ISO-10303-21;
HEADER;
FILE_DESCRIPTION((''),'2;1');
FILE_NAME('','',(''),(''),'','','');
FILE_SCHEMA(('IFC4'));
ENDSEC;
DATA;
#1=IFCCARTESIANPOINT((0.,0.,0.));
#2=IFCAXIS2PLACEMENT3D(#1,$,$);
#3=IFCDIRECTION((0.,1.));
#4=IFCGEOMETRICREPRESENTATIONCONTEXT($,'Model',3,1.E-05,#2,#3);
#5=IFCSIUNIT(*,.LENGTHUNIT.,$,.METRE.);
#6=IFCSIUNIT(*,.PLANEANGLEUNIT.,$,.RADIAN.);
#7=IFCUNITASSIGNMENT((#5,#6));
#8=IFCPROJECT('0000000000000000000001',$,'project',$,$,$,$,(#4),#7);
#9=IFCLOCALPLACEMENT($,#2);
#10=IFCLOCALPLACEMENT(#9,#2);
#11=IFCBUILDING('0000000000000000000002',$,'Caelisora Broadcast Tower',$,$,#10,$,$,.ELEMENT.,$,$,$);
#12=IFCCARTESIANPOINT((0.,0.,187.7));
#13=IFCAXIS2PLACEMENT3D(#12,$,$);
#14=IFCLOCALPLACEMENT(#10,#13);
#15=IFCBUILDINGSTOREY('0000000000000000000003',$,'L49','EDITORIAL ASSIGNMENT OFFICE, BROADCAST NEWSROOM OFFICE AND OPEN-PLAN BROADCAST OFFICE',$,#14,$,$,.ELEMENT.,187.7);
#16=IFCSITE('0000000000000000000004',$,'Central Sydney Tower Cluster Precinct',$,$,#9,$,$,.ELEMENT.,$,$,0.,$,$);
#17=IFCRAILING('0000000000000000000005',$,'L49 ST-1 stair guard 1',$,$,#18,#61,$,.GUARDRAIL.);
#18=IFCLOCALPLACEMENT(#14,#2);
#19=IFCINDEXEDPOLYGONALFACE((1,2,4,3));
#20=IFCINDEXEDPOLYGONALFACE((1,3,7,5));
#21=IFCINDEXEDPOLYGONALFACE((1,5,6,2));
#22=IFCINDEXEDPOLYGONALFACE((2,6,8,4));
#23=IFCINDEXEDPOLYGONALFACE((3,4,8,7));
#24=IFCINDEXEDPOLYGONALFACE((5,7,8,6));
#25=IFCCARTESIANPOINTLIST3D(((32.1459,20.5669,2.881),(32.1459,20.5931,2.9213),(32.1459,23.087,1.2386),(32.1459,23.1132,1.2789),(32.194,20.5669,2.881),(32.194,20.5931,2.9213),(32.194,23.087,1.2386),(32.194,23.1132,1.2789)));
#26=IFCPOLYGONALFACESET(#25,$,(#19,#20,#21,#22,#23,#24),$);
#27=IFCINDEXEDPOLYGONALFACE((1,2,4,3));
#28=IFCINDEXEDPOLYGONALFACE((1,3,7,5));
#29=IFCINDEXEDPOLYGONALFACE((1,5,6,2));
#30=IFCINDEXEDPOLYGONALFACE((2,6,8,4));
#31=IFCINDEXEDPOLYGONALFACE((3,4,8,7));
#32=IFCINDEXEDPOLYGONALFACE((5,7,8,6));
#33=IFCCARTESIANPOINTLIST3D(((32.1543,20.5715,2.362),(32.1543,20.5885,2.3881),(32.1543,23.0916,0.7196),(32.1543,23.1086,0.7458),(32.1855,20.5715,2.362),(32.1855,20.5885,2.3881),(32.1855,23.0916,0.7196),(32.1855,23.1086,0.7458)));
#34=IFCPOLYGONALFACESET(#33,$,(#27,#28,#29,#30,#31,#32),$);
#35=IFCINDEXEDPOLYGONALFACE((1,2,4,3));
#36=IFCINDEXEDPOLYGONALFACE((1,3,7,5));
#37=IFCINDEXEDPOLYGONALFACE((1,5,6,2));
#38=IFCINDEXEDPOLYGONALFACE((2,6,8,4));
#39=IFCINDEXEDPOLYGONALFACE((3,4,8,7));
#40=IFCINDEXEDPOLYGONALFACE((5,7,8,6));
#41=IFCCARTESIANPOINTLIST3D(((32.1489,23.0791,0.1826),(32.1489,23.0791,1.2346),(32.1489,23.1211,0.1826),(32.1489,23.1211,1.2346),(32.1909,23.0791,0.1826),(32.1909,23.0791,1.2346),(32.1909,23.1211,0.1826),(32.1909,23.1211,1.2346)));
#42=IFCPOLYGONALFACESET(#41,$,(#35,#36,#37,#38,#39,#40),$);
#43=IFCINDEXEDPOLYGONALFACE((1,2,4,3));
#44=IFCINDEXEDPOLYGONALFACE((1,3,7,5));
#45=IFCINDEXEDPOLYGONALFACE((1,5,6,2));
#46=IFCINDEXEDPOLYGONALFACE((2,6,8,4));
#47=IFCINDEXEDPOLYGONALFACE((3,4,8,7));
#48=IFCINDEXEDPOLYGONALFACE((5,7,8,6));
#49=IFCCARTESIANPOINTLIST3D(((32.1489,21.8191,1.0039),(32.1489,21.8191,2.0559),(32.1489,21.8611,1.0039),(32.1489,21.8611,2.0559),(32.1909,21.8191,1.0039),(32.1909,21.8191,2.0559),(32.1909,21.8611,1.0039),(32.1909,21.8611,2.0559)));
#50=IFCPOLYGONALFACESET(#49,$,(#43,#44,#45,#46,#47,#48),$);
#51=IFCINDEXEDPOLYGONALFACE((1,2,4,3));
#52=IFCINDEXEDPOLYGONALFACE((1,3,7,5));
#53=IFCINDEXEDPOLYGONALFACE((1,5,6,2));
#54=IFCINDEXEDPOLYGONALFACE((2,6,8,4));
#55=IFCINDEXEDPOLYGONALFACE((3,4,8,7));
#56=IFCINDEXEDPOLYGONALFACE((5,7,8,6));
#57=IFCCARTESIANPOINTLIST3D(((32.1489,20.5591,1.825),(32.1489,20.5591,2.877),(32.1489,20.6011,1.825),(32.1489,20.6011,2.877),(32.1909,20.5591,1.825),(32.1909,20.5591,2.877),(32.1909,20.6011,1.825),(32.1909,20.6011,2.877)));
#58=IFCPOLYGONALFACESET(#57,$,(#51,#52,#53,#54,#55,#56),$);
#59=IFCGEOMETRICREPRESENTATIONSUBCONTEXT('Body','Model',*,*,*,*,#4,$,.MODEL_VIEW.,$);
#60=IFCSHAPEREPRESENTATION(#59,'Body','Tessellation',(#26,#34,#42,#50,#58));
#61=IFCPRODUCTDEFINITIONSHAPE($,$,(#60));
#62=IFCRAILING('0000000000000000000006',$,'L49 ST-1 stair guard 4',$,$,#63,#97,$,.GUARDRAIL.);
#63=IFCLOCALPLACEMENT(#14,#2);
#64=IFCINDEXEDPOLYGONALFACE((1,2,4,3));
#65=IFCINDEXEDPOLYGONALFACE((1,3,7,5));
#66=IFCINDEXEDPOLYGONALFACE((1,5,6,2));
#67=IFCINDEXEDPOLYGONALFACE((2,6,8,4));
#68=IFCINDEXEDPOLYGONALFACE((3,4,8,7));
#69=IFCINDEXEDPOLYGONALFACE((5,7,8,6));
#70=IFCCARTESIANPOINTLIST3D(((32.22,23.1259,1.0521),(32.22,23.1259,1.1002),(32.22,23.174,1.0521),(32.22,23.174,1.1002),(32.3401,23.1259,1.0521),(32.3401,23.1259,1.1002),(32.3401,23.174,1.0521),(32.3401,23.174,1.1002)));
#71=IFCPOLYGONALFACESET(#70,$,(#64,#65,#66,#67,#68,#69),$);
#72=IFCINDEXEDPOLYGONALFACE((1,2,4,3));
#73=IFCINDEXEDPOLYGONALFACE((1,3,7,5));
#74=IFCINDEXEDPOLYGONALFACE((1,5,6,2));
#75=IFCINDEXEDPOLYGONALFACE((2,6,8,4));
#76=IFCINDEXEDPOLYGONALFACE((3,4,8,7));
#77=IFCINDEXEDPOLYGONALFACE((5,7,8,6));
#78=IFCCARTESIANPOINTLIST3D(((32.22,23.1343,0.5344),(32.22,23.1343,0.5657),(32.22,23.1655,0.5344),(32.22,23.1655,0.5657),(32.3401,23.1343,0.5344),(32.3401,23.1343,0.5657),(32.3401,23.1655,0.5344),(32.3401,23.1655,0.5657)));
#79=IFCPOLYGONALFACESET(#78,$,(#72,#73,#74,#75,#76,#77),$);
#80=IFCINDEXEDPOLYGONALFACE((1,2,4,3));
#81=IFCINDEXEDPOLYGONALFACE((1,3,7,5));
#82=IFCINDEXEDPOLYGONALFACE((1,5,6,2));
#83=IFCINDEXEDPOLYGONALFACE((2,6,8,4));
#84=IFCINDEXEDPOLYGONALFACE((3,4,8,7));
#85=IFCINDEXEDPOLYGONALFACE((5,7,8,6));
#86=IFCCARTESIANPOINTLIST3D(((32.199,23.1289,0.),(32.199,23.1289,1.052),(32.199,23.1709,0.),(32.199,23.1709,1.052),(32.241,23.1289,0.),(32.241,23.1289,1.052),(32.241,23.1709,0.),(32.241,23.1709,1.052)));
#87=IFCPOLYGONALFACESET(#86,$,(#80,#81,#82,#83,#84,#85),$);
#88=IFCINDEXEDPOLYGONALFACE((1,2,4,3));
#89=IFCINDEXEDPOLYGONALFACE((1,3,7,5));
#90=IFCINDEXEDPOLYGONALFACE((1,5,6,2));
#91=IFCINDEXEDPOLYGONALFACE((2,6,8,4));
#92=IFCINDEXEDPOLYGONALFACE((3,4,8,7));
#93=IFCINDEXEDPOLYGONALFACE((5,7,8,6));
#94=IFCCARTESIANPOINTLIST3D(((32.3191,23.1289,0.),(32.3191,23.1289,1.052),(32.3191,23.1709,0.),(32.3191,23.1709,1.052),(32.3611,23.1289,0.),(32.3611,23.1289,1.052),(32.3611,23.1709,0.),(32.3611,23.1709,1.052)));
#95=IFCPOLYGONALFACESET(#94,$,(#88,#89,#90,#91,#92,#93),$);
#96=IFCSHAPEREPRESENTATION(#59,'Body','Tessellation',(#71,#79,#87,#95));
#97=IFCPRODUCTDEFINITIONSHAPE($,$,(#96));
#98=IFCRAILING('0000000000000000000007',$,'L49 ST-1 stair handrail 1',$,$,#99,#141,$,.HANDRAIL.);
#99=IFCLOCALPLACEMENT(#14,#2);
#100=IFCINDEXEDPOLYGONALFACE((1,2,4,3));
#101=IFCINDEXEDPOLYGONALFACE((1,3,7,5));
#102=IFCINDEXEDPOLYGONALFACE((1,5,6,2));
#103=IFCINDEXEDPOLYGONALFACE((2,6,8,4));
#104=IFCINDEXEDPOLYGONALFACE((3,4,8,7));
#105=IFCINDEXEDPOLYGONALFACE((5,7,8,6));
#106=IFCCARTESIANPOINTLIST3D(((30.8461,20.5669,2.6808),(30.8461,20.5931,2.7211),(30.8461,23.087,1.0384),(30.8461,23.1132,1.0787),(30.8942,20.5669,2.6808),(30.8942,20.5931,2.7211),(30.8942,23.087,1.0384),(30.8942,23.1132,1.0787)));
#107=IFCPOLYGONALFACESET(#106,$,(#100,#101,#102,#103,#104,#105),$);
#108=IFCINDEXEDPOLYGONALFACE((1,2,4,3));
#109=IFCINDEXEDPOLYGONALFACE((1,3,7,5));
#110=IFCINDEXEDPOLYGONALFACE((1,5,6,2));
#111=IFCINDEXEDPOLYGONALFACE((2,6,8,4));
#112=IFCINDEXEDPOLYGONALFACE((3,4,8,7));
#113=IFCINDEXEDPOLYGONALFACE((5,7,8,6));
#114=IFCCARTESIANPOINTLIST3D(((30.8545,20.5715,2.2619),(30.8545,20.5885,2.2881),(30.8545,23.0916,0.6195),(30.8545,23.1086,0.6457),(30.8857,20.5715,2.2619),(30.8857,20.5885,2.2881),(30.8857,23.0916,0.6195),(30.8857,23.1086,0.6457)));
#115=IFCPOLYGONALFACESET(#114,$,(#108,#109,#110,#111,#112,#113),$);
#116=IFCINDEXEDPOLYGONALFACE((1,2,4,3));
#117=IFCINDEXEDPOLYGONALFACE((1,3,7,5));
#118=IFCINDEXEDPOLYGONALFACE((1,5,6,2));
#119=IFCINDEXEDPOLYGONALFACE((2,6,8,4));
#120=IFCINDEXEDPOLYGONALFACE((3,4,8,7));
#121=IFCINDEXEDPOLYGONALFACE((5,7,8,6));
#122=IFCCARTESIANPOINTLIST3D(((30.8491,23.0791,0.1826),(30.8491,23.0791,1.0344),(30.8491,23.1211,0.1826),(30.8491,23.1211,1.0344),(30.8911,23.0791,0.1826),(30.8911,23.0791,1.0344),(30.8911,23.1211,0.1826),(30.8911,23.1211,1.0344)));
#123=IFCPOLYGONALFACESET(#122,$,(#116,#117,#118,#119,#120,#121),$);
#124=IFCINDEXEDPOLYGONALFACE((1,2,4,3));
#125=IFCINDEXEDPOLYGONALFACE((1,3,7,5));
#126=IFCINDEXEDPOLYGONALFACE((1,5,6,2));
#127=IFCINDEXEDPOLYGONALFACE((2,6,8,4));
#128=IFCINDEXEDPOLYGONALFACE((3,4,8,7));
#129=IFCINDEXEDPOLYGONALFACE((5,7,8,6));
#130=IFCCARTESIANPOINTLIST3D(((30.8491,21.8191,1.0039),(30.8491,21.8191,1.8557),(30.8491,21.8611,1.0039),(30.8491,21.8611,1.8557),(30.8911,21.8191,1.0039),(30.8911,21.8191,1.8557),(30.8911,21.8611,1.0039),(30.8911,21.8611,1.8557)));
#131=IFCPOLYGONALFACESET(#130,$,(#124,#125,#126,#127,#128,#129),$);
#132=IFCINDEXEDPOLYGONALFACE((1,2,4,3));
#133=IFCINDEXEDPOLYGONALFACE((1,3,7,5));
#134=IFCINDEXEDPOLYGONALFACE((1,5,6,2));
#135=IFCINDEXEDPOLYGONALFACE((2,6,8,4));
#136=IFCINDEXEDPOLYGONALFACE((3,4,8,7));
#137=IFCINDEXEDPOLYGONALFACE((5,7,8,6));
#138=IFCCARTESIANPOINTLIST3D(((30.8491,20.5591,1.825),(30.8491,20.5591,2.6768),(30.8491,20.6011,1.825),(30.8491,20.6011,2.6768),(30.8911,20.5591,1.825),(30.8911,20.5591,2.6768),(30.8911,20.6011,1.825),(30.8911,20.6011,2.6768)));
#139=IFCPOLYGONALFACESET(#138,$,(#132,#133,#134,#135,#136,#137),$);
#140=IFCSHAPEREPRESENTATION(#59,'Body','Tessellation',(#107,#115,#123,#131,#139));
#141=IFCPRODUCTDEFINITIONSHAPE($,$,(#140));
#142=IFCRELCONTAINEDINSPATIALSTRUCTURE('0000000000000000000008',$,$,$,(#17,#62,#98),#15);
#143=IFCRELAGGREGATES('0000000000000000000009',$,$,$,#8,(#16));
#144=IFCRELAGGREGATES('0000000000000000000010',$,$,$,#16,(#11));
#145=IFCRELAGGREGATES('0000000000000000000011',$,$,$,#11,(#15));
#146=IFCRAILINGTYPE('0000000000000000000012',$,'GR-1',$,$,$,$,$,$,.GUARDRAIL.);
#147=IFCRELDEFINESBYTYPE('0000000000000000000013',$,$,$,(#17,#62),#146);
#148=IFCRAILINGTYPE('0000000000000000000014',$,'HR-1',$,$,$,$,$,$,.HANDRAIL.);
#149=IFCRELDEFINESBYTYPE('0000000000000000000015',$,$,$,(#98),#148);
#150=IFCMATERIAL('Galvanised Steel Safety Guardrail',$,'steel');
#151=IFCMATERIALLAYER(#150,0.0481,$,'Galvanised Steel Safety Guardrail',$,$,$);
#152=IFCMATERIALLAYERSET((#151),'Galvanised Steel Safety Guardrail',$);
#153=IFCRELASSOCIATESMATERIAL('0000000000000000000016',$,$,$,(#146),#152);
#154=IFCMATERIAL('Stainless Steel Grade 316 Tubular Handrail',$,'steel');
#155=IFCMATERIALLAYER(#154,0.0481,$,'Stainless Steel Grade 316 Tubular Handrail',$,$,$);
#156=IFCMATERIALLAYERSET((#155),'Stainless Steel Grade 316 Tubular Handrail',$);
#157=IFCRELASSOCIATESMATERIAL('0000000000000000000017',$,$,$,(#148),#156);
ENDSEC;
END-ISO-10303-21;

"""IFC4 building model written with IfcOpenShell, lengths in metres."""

from ifc_helpers import new_model, si_unit, direction, frame, origin, origin_2d, place, context, subcontext, project, spatial, rectangle, extrude, material, layer, layer_set, type_object, element, save


model = new_model("IFC4")

# Units and contexts
model_context = context("Model", 3, precision=1e-05, world=origin(), true_north=direction((0.0, 1.0)))
body_context = subcontext(model_context, "Body", "Model", "MODEL_VIEW")
ifc_project = project(units=[si_unit("LENGTHUNIT", "METRE"), si_unit("PLANEANGLEUNIT", "RADIAN")], contexts=[model_context])

# Site, building, storey
site_placement = place(None, origin())
site = spatial("IfcSite", under=ifc_project, at=site_placement, Name="Central Sydney Tower Cluster Precinct", CompositionType="ELEMENT", RefElevation=0.0)
building_placement = place(site_placement, origin())
building = spatial("IfcBuilding", under=site, at=building_placement, Name="Caelisora Broadcast Tower", CompositionType="ELEMENT")
storey_placement = place(building_placement, frame((0.0, 0.0, 187.7)))
storey = spatial("IfcBuildingStorey", under=building, at=storey_placement, Name="L49", Description="EDITORIAL ASSIGNMENT OFFICE, BROADCAST NEWSROOM OFFICE AND OPEN-PLAN BROADCAST OFFICE", CompositionType="ELEMENT", Elevation=187.7)

# Railings
ifc_material_1 = material(Name="Galvanised Steel Safety Guardrail", Category="steel")
ifc_layer_1 = layer(ifc_material_1, 0.0481, Name="Galvanised Steel Safety Guardrail")
ifc_layer_set_1 = layer_set([ifc_layer_1], Name="Galvanised Steel Safety Guardrail")
railing_type_1 = type_object("IfcRailingType", Name="GR-1", PredefinedType="GUARDRAIL", material=ifc_layer_set_1)
railing_1_placement = place(storey_placement, frame((32.1699, 23.1001, 0.1826)))
element("IfcRailing", 1, at=railing_1_placement, inside=storey, type_object=railing_type_1, Name="L49 ST-1 stair guard 1", PredefinedType="GUARDRAIL", context=body_context, shape_type="SweptSolid", body=[
    extrude(rectangle(XDim=0.0481, YDim=0.0481, at=origin_2d()), frame((0.0, 0.0, 1.0762), z_axis=(0.0, -0.837787, 0.545998), x_axis=(1.0, 0.0, 0.0)), (0.0, 0.0, 1.0), 3.0081),
    extrude(rectangle(XDim=0.0312, YDim=0.0312, at=origin_2d()), frame((0.0, 0.0, 0.55), z_axis=(0.0, -0.837787, 0.545998), x_axis=(1.0, 0.0, 0.0)), (0.0, 0.0, 1.0), 3.0081),
    extrude(rectangle(XDim=0.042, YDim=0.042, at=origin_2d()), origin(), (0.0, 0.0, 1.0), 1.052),
    extrude(rectangle(XDim=0.042, YDim=0.042, at=origin_2d()), frame((0.0, -1.26, 0.8213)), (0.0, 0.0, 1.0), 1.052),
    extrude(rectangle(XDim=0.042, YDim=0.042, at=origin_2d()), frame((0.0, -2.52, 1.6423)), (0.0, 0.0, 1.0), 1.052),
])
railing_2_placement = place(storey_placement, frame((32.22, 23.1499, 0.0)))
element("IfcRailing", 2, at=railing_2_placement, inside=storey, type_object=railing_type_1, Name="L49 ST-1 stair guard 4", PredefinedType="GUARDRAIL", context=body_context, shape_type="SweptSolid", body=[
    extrude(rectangle(XDim=0.0481, YDim=0.0481, at=origin_2d()), frame((0.0, 0.0, 1.0762), z_axis=(1.0, 0.0, 0.0), x_axis=(0.0, 1.0, 0.0)), (0.0, 0.0, 1.0), 0.1201),
    extrude(rectangle(XDim=0.0312, YDim=0.0312, at=origin_2d()), frame((0.0, 0.0, 0.55), z_axis=(1.0, 0.0, 0.0), x_axis=(0.0, 1.0, 0.0)), (0.0, 0.0, 1.0), 0.1201),
    extrude(rectangle(XDim=0.042, YDim=0.042, at=origin_2d()), origin(), (0.0, 0.0, 1.0), 1.052),
    extrude(rectangle(XDim=0.042, YDim=0.042, at=origin_2d()), frame((0.1201, 0.0, 0.0)), (0.0, 0.0, 1.0), 1.052),
])
ifc_material_2 = material(Name="Stainless Steel Grade 316 Tubular Handrail", Category="steel")
ifc_layer_2 = layer(ifc_material_2, 0.0481, Name="Stainless Steel Grade 316 Tubular Handrail")
ifc_layer_set_2 = layer_set([ifc_layer_2], Name="Stainless Steel Grade 316 Tubular Handrail")
railing_type_2 = type_object("IfcRailingType", Name="HR-1", PredefinedType="HANDRAIL", material=ifc_layer_set_2)
railing_3_placement = place(storey_placement, frame((30.8701, 23.1001, 0.1826)))
element("IfcRailing", 3, at=railing_3_placement, inside=storey, type_object=railing_type_2, Name="L49 ST-1 stair handrail 1", PredefinedType="HANDRAIL", context=body_context, shape_type="SweptSolid", body=[
    extrude(rectangle(XDim=0.0481, YDim=0.0481, at=origin_2d()), frame((0.0, 0.0, 0.876), z_axis=(0.0, -0.837787, 0.545998), x_axis=(1.0, 0.0, 0.0)), (0.0, 0.0, 1.0), 3.0081),
    extrude(rectangle(XDim=0.0312, YDim=0.0312, at=origin_2d()), frame((0.0, 0.0, 0.45), z_axis=(0.0, -0.837787, 0.545998), x_axis=(1.0, 0.0, 0.0)), (0.0, 0.0, 1.0), 3.0081),
    extrude(rectangle(XDim=0.042, YDim=0.042, at=origin_2d()), origin(), (0.0, 0.0, 1.0), 0.8518),
    extrude(rectangle(XDim=0.042, YDim=0.042, at=origin_2d()), frame((0.0, -1.26, 0.8213)), (0.0, 0.0, 1.0), 0.8518),
    extrude(rectangle(XDim=0.042, YDim=0.042, at=origin_2d()), frame((0.0, -2.52, 1.6423)), (0.0, 0.0, 1.0), 0.8518),
])

save(model, "model.ifc")
